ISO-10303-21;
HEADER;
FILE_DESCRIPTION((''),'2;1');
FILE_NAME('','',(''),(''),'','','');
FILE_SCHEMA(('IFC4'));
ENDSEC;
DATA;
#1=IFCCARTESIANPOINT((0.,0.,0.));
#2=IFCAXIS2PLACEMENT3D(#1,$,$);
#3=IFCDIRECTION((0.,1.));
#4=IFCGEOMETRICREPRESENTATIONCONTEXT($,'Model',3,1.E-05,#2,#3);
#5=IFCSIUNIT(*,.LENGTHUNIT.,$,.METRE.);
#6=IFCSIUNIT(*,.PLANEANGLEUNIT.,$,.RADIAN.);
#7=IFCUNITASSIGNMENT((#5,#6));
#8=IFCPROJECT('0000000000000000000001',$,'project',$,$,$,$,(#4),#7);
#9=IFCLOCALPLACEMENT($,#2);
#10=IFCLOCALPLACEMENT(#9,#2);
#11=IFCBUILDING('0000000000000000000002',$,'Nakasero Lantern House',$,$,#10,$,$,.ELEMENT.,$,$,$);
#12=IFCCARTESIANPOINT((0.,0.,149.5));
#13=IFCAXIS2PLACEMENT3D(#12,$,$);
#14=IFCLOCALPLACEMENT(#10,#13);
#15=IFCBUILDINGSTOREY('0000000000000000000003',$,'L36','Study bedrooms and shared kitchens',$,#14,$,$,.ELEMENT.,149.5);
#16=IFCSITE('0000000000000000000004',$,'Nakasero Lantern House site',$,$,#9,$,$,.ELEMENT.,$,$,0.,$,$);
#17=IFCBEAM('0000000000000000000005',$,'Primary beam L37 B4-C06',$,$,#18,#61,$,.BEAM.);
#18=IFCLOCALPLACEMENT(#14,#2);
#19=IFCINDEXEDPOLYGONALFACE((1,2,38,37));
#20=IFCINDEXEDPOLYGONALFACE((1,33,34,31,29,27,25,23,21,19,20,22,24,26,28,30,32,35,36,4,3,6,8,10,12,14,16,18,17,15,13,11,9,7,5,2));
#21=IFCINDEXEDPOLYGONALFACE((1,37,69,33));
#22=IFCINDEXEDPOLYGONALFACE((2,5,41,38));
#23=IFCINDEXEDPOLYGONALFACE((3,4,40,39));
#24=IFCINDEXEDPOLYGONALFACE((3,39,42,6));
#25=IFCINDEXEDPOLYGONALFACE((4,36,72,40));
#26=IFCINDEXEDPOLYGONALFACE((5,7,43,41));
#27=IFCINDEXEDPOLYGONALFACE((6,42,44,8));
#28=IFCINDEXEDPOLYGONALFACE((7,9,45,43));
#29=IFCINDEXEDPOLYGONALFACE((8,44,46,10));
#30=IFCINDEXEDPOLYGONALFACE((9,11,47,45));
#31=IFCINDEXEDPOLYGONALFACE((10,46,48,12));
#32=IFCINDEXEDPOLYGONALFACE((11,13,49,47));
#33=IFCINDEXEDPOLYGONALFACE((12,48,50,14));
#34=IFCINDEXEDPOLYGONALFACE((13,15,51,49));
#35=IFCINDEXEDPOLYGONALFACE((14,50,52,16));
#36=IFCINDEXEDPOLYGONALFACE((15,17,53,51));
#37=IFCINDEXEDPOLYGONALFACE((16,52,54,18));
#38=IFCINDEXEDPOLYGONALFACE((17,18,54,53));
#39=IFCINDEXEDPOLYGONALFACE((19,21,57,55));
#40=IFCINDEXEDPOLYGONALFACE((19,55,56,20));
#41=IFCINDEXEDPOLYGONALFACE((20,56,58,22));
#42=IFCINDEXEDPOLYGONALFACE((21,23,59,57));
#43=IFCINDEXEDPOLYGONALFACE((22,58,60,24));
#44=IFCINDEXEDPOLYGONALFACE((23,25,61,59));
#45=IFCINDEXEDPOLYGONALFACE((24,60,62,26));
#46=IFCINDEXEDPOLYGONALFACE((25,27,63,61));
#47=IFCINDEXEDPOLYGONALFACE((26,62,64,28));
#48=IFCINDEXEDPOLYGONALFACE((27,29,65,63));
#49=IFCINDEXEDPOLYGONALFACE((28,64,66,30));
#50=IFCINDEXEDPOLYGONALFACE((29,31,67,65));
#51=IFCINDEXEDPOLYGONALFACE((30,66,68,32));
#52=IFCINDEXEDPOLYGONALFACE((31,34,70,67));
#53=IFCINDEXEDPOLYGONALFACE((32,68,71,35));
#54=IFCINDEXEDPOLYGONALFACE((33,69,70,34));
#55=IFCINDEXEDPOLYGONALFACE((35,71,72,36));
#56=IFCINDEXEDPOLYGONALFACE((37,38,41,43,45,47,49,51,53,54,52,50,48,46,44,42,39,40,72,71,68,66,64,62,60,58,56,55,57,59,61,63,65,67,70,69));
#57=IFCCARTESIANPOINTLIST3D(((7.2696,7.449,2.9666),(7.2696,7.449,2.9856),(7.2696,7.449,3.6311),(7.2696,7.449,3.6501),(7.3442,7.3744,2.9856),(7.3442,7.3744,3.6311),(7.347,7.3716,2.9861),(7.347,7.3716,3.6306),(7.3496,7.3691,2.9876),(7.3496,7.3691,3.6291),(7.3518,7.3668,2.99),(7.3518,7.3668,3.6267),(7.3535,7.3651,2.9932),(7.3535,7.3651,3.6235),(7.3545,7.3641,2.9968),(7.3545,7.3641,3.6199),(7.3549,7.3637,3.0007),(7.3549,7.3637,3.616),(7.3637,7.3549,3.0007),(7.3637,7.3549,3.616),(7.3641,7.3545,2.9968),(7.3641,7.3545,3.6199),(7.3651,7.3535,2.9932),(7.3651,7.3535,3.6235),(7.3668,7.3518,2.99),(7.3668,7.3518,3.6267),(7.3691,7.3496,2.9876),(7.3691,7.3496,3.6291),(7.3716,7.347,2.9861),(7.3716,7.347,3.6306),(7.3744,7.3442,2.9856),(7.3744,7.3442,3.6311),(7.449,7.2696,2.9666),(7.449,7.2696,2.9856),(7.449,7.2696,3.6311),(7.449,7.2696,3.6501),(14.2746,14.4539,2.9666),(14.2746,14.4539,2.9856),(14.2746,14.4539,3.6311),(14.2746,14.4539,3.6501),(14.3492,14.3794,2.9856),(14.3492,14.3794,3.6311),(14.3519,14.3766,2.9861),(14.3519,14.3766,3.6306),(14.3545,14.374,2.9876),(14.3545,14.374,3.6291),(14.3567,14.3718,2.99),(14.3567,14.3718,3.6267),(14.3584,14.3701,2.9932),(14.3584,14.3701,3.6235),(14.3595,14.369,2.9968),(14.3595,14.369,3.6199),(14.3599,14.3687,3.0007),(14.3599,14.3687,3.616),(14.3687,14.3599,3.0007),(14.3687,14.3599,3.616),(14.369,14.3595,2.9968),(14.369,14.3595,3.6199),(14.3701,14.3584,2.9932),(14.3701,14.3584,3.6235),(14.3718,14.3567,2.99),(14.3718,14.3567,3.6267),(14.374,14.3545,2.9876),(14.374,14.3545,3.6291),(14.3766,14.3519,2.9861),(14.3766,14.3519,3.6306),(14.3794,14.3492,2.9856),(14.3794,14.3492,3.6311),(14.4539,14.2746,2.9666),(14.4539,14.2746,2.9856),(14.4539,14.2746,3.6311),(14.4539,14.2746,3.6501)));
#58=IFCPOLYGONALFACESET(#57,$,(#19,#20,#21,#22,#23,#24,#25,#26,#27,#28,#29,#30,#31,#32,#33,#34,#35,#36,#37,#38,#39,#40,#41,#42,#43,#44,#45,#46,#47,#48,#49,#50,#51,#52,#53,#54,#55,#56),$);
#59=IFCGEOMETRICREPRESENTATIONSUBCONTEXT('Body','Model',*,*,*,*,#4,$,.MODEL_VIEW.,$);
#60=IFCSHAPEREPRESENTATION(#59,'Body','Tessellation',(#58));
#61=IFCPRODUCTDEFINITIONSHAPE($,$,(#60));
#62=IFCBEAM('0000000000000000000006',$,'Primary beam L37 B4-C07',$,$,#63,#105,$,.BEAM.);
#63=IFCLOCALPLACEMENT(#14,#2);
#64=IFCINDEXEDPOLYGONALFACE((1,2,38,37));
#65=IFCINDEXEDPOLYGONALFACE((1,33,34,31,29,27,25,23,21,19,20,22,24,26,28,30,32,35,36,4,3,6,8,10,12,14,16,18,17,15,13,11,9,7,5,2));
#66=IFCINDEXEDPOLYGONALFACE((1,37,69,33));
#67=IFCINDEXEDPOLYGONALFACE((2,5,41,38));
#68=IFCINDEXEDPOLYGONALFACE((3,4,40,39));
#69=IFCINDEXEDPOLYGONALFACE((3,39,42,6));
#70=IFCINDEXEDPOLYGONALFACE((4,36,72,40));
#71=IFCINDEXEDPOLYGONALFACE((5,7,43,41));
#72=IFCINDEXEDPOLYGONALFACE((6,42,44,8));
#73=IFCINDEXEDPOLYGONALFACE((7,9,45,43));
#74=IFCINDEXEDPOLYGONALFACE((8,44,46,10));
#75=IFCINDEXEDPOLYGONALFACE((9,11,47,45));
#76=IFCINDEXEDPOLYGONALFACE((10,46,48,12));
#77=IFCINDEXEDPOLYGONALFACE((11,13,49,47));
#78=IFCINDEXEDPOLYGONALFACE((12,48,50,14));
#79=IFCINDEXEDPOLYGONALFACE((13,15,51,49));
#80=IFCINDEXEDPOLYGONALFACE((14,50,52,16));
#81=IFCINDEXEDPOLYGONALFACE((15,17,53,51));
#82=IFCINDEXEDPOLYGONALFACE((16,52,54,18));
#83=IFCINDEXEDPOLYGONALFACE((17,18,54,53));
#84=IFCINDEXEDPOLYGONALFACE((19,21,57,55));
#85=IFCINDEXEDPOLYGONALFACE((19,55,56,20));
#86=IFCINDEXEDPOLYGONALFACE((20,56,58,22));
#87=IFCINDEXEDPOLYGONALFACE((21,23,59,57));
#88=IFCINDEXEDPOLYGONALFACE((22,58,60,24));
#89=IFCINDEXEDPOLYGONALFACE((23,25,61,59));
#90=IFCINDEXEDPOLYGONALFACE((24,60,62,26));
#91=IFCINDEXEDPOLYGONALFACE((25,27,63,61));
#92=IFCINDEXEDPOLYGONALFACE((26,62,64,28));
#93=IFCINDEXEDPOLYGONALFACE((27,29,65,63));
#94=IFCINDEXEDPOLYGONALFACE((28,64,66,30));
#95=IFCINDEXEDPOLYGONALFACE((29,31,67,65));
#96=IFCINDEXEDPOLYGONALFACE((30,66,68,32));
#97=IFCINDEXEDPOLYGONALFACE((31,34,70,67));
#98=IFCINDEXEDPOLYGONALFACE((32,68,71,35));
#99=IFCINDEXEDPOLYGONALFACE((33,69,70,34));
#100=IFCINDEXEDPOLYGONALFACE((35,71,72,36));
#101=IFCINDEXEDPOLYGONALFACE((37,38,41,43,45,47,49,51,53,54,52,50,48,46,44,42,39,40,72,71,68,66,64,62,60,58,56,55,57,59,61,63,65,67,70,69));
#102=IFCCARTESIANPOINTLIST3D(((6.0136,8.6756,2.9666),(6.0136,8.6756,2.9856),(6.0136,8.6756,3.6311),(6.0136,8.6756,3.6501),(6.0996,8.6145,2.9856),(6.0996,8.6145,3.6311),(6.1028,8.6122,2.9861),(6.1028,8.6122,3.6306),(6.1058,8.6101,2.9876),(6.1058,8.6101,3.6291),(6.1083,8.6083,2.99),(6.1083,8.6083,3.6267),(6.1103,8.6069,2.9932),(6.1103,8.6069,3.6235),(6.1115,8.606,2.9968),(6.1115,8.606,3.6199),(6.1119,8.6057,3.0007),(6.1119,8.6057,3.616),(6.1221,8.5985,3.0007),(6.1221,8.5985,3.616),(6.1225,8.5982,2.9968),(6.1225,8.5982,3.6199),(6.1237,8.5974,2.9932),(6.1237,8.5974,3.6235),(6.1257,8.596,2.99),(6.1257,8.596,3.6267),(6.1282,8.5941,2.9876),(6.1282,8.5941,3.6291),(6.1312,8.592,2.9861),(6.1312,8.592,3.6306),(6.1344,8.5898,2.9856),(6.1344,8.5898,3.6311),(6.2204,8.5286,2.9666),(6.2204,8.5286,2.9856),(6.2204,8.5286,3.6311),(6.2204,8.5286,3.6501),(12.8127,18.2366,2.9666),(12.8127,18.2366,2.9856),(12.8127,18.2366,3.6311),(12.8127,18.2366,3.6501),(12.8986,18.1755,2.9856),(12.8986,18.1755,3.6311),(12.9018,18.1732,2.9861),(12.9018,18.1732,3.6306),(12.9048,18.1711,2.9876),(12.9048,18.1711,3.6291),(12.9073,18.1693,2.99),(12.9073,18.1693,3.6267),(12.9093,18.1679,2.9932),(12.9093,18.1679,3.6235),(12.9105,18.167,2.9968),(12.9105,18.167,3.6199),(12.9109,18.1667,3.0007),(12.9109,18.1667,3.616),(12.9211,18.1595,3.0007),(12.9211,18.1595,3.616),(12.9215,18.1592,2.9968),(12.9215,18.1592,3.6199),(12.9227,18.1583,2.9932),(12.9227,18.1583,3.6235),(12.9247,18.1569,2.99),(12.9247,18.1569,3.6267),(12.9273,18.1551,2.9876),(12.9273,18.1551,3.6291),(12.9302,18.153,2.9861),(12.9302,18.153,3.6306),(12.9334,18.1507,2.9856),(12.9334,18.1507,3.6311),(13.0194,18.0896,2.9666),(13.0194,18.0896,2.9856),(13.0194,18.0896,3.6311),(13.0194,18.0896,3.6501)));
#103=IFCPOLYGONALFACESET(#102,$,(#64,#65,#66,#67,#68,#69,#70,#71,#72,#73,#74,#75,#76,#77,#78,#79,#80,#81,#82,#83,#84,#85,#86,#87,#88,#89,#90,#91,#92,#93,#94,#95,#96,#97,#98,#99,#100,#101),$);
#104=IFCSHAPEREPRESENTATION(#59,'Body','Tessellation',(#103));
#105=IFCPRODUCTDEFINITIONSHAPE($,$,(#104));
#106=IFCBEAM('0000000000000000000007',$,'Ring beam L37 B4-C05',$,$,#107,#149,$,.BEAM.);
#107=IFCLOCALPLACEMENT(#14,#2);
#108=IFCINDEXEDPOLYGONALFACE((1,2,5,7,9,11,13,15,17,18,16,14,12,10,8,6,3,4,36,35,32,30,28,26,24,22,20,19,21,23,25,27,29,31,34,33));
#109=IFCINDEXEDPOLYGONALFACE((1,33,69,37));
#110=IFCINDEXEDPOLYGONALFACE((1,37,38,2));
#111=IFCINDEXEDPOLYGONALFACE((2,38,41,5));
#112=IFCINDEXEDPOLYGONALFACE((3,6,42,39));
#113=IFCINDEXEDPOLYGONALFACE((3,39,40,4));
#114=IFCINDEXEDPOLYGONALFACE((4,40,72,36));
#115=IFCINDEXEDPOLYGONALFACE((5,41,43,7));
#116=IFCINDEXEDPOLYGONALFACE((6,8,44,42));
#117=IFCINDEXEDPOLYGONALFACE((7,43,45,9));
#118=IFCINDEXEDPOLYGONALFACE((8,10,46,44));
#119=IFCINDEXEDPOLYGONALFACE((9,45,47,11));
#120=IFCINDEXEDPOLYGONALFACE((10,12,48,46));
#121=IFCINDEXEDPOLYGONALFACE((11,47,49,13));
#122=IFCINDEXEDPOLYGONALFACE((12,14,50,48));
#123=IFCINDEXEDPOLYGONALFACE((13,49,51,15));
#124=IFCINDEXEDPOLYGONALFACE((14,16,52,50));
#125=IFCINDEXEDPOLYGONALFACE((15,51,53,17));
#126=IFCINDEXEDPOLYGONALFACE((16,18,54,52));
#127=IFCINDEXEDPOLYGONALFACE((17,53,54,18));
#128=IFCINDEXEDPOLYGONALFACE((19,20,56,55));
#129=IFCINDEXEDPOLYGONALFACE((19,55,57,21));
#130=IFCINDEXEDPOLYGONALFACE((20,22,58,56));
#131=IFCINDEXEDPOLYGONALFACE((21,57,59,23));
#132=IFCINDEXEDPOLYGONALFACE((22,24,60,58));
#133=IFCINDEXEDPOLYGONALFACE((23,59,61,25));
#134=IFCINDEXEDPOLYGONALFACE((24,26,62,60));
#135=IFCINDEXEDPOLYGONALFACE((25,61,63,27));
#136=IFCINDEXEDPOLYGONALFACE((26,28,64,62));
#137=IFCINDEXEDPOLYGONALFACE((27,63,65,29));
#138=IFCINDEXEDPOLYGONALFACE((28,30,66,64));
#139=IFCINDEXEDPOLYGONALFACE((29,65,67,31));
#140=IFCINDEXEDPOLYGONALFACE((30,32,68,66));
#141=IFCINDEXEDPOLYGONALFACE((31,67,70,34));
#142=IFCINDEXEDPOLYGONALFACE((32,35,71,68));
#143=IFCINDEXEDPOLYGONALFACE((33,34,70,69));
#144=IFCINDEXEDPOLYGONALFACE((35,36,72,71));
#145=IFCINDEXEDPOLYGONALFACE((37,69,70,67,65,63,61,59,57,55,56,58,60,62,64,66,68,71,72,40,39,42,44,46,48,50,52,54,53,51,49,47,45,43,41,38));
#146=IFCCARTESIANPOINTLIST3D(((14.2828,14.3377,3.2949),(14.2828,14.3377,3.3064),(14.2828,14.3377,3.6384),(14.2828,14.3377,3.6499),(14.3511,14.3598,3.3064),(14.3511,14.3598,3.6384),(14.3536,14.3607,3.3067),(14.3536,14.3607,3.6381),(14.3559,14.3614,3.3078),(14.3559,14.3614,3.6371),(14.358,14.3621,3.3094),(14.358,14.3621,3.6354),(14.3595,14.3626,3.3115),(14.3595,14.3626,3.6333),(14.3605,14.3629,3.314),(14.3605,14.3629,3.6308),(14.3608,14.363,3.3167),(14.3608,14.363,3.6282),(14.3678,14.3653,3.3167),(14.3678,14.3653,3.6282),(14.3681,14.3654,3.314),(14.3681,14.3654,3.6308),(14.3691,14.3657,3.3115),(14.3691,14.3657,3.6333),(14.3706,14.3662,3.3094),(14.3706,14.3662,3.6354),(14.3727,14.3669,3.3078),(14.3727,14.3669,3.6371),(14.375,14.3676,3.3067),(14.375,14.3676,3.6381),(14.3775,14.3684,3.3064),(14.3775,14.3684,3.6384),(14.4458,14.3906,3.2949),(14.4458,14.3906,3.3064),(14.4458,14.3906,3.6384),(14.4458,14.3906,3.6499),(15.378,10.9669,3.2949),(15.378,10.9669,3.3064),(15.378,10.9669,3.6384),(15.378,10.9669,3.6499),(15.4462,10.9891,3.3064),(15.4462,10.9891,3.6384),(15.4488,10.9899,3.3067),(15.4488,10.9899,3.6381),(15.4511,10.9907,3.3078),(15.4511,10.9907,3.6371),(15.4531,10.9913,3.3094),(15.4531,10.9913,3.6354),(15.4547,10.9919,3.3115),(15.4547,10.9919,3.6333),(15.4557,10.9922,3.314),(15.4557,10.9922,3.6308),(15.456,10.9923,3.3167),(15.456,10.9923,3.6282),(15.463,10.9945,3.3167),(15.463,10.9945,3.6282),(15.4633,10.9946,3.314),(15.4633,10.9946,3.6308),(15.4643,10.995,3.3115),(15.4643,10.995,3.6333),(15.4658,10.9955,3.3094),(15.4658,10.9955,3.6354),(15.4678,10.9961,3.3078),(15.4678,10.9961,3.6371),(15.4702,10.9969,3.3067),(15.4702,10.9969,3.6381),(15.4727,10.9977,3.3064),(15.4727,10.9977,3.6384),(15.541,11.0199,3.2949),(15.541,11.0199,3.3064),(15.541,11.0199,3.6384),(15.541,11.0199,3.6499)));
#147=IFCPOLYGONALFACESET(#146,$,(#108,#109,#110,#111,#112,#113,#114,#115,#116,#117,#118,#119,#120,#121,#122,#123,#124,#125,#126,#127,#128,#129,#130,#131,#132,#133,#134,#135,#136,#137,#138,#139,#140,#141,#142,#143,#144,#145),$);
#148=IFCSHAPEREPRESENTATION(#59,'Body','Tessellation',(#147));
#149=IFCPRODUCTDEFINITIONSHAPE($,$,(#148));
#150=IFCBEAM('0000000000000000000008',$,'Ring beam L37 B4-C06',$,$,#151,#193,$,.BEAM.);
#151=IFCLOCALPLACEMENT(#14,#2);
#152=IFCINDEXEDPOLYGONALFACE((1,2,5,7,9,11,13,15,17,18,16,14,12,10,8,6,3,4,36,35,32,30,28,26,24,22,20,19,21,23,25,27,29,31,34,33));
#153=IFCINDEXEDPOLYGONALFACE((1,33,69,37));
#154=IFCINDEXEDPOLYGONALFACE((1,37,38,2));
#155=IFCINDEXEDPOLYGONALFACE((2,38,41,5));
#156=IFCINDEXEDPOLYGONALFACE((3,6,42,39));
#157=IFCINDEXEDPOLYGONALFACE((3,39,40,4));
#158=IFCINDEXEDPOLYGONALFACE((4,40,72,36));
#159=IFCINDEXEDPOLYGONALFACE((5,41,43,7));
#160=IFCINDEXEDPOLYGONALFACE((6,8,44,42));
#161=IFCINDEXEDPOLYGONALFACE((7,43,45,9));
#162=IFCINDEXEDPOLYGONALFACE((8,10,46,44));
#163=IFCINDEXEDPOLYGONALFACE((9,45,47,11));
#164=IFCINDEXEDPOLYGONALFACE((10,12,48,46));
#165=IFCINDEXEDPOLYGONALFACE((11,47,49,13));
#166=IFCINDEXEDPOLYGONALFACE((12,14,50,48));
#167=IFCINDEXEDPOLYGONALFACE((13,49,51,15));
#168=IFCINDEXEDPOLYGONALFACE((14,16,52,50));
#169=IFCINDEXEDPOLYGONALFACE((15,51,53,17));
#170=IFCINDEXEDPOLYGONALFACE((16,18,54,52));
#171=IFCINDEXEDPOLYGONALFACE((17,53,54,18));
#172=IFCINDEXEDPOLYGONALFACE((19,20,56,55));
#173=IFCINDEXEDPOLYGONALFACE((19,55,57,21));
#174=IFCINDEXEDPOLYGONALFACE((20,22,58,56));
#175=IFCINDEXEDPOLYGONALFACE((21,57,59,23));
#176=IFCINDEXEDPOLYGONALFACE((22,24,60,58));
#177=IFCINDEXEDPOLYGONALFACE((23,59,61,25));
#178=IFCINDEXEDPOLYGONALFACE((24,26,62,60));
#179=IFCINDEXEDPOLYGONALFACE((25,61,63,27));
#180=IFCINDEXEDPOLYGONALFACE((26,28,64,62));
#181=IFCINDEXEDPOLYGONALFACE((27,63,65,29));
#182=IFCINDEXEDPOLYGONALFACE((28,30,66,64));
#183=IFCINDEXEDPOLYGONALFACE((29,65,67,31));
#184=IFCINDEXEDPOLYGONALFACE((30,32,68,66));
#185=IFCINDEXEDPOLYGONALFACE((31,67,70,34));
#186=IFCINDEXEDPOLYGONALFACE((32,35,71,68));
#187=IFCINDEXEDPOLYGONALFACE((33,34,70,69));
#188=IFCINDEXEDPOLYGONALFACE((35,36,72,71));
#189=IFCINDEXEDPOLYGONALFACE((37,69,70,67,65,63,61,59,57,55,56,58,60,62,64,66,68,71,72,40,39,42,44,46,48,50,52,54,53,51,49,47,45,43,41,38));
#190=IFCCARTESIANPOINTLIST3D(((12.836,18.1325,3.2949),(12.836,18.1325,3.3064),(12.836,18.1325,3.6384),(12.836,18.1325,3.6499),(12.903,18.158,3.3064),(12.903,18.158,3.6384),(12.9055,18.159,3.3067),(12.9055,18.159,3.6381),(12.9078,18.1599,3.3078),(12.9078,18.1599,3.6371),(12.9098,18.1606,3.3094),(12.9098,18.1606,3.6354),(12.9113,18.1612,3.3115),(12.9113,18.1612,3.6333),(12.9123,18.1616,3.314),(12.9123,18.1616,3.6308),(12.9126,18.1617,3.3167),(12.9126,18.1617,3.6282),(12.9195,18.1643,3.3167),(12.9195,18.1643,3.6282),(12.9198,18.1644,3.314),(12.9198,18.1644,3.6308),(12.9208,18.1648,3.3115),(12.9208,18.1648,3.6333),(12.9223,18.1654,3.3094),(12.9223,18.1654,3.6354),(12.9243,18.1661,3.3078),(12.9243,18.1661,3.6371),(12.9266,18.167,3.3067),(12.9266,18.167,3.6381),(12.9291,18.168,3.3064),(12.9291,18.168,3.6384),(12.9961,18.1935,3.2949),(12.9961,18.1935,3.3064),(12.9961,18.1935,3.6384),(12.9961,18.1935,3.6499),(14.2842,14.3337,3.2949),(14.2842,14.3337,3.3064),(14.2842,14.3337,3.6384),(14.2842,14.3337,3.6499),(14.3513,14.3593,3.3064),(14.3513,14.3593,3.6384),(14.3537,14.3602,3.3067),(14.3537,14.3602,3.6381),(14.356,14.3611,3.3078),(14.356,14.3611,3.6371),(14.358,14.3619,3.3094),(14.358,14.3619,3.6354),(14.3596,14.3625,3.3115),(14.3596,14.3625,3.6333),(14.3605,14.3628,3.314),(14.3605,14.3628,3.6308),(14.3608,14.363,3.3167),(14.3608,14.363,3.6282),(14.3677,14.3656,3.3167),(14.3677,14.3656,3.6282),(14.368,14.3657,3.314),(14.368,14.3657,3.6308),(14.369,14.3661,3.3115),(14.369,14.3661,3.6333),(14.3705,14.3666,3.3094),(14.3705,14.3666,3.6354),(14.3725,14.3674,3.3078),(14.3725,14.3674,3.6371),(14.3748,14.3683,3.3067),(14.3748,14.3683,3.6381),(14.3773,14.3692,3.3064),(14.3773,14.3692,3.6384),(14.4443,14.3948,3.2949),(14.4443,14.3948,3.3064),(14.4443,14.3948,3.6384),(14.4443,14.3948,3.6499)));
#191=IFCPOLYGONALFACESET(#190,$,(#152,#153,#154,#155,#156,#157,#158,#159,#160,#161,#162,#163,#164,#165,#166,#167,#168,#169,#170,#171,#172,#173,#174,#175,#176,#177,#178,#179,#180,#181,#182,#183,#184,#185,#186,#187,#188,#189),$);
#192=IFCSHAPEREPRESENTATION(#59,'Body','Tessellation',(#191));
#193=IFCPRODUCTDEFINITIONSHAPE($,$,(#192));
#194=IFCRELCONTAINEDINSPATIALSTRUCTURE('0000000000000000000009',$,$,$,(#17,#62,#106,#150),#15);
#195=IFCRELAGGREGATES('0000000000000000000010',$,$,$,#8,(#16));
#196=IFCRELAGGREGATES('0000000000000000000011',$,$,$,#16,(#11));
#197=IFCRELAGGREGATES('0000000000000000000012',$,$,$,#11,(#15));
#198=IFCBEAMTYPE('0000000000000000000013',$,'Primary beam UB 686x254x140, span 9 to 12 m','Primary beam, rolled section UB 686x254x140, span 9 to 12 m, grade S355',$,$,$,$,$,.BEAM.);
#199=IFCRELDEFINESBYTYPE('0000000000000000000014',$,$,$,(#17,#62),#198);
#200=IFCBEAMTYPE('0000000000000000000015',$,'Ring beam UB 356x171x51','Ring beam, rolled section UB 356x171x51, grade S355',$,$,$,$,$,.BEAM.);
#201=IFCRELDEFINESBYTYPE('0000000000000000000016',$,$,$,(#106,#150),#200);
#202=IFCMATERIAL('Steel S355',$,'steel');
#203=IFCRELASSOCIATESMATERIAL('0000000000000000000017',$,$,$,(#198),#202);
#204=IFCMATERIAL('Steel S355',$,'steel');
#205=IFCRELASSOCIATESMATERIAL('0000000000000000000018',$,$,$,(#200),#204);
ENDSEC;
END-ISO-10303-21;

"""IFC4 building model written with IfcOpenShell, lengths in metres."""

from ifc_helpers import new_model, si_unit, direction, frame, origin, origin_2d, place, context, subcontext, project, spatial, i_section, extrude, material, material_profile, profile_set, type_object, element, save


model = new_model("IFC4")

# Units and contexts
model_context = context("Model", 3, precision=1e-05, world=origin(), true_north=direction((0.0, 1.0)))
body_context = subcontext(model_context, "Body", "Model", "MODEL_VIEW")
ifc_project = project(units=[si_unit("LENGTHUNIT", "METRE"), si_unit("PLANEANGLEUNIT", "RADIAN")], contexts=[model_context])

# Site, building, storey
site_placement = place(None, origin())
site = spatial("IfcSite", under=ifc_project, at=site_placement, Name="Nakasero Lantern House site", CompositionType="ELEMENT", RefElevation=0.0)
building_placement = place(site_placement, origin())
building = spatial("IfcBuilding", under=site, at=building_placement, Name="Nakasero Lantern House", CompositionType="ELEMENT")
storey_placement = place(building_placement, frame((0.0, 0.0, 149.5)))
storey = spatial("IfcBuildingStorey", under=building, at=storey_placement, Name="L36", Description="Study bedrooms and shared kitchens", CompositionType="ELEMENT", Elevation=149.5)

# Beams
ifc_material_1 = material(Name="Steel S355", Category="steel")
ifc_material_profile_1 = material_profile(ifc_material_1, i_section(OverallWidth=0.2537, OverallDepth=0.6836, WebThickness=0.0125, FlangeThickness=0.019, FilletRadius=0.0151, at=origin_2d()), Name="UB 686x254x140")
ifc_profile_set_1 = profile_set([ifc_material_profile_1], Name="Steel S355")
beam_type_1 = type_object("IfcBeamType", Name="Primary beam UB 686x254x140, span 9 to 12 m", Description="Primary beam, rolled section UB 686x254x140, span 9 to 12 m, grade S355", PredefinedType="BEAM", material=ifc_profile_set_1)
beam_1_placement = place(storey_placement, frame((14.3643, 14.3643, 3.3083), z_axis=(-0.707107, -0.707107, 0.0), x_axis=(0.707107, -0.707107, 0.0)))
element("IfcBeam", 1, at=beam_1_placement, inside=storey, type_object=beam_type_1, Name="Primary beam L37 B4-C06", PredefinedType="BEAM", context=body_context, shape_type="SweptSolid", body=[
    extrude(i_section(OverallWidth=0.2537, OverallDepth=0.6836, WebThickness=0.0125, FlangeThickness=0.019, FilletRadius=0.0151, at=origin_2d()), origin(), (0.0, 0.0, 1.0), 9.9065),
])
beam_2_placement = place(storey_placement, frame((12.916, 18.1631, 3.3083), z_axis=(-0.57953, -0.814951, 0.0), x_axis=(0.814951, -0.57953, 0.0)))
element("IfcBeam", 2, at=beam_2_placement, inside=storey, type_object=beam_type_1, Name="Primary beam L37 B4-C07", PredefinedType="BEAM", context=body_context, shape_type="SweptSolid", body=[
    extrude(i_section(OverallWidth=0.2537, OverallDepth=0.6836, WebThickness=0.0125, FlangeThickness=0.019, FilletRadius=0.0151, at=origin_2d()), origin(), (0.0, 0.0, 1.0), 11.7319),
])
ifc_material_2 = material(Name="Steel S355", Category="steel")
ifc_material_profile_2 = material_profile(ifc_material_2, i_section(OverallWidth=0.1714, OverallDepth=0.355, WebThickness=0.0073, FlangeThickness=0.0115, FilletRadius=0.0103, at=origin_2d()), Name="UB 356x171x51")
ifc_profile_set_2 = profile_set([ifc_material_profile_2], Name="Steel S355")
beam_type_2 = type_object("IfcBeamType", Name="Ring beam UB 356x171x51", Description="Ring beam, rolled section UB 356x171x51, grade S355", PredefinedType="BEAM", material=ifc_profile_set_2)
beam_3_placement = place(storey_placement, frame((15.4595, 10.9934, 3.4724), z_axis=(-0.309007, 0.95106, 0.0), x_axis=(-0.95106, -0.309007, 0.0)))
element("IfcBeam", 3, at=beam_3_placement, inside=storey, type_object=beam_type_2, Name="Ring beam L37 B4-C05", PredefinedType="BEAM", context=body_context, shape_type="SweptSolid", body=[
    extrude(i_section(OverallWidth=0.1714, OverallDepth=0.355, WebThickness=0.0073, FlangeThickness=0.0115, FilletRadius=0.0103, at=origin_2d()), origin(), (0.0, 0.0, 1.0), 3.5442),
])
beam_4_placement = place(storey_placement, frame((14.3643, 14.3643, 3.4724), z_axis=(-0.356225, 0.9344, 0.0), x_axis=(-0.9344, -0.356225, 0.0)))
element("IfcBeam", 4, at=beam_4_placement, inside=storey, type_object=beam_type_2, Name="Ring beam L37 B4-C06", PredefinedType="BEAM", context=body_context, shape_type="SweptSolid", body=[
    extrude(i_section(OverallWidth=0.1714, OverallDepth=0.355, WebThickness=0.0073, FlangeThickness=0.0115, FilletRadius=0.0103, at=origin_2d()), origin(), (0.0, 0.0, 1.0), 4.0654),
])

save(model, "model.ifc")
